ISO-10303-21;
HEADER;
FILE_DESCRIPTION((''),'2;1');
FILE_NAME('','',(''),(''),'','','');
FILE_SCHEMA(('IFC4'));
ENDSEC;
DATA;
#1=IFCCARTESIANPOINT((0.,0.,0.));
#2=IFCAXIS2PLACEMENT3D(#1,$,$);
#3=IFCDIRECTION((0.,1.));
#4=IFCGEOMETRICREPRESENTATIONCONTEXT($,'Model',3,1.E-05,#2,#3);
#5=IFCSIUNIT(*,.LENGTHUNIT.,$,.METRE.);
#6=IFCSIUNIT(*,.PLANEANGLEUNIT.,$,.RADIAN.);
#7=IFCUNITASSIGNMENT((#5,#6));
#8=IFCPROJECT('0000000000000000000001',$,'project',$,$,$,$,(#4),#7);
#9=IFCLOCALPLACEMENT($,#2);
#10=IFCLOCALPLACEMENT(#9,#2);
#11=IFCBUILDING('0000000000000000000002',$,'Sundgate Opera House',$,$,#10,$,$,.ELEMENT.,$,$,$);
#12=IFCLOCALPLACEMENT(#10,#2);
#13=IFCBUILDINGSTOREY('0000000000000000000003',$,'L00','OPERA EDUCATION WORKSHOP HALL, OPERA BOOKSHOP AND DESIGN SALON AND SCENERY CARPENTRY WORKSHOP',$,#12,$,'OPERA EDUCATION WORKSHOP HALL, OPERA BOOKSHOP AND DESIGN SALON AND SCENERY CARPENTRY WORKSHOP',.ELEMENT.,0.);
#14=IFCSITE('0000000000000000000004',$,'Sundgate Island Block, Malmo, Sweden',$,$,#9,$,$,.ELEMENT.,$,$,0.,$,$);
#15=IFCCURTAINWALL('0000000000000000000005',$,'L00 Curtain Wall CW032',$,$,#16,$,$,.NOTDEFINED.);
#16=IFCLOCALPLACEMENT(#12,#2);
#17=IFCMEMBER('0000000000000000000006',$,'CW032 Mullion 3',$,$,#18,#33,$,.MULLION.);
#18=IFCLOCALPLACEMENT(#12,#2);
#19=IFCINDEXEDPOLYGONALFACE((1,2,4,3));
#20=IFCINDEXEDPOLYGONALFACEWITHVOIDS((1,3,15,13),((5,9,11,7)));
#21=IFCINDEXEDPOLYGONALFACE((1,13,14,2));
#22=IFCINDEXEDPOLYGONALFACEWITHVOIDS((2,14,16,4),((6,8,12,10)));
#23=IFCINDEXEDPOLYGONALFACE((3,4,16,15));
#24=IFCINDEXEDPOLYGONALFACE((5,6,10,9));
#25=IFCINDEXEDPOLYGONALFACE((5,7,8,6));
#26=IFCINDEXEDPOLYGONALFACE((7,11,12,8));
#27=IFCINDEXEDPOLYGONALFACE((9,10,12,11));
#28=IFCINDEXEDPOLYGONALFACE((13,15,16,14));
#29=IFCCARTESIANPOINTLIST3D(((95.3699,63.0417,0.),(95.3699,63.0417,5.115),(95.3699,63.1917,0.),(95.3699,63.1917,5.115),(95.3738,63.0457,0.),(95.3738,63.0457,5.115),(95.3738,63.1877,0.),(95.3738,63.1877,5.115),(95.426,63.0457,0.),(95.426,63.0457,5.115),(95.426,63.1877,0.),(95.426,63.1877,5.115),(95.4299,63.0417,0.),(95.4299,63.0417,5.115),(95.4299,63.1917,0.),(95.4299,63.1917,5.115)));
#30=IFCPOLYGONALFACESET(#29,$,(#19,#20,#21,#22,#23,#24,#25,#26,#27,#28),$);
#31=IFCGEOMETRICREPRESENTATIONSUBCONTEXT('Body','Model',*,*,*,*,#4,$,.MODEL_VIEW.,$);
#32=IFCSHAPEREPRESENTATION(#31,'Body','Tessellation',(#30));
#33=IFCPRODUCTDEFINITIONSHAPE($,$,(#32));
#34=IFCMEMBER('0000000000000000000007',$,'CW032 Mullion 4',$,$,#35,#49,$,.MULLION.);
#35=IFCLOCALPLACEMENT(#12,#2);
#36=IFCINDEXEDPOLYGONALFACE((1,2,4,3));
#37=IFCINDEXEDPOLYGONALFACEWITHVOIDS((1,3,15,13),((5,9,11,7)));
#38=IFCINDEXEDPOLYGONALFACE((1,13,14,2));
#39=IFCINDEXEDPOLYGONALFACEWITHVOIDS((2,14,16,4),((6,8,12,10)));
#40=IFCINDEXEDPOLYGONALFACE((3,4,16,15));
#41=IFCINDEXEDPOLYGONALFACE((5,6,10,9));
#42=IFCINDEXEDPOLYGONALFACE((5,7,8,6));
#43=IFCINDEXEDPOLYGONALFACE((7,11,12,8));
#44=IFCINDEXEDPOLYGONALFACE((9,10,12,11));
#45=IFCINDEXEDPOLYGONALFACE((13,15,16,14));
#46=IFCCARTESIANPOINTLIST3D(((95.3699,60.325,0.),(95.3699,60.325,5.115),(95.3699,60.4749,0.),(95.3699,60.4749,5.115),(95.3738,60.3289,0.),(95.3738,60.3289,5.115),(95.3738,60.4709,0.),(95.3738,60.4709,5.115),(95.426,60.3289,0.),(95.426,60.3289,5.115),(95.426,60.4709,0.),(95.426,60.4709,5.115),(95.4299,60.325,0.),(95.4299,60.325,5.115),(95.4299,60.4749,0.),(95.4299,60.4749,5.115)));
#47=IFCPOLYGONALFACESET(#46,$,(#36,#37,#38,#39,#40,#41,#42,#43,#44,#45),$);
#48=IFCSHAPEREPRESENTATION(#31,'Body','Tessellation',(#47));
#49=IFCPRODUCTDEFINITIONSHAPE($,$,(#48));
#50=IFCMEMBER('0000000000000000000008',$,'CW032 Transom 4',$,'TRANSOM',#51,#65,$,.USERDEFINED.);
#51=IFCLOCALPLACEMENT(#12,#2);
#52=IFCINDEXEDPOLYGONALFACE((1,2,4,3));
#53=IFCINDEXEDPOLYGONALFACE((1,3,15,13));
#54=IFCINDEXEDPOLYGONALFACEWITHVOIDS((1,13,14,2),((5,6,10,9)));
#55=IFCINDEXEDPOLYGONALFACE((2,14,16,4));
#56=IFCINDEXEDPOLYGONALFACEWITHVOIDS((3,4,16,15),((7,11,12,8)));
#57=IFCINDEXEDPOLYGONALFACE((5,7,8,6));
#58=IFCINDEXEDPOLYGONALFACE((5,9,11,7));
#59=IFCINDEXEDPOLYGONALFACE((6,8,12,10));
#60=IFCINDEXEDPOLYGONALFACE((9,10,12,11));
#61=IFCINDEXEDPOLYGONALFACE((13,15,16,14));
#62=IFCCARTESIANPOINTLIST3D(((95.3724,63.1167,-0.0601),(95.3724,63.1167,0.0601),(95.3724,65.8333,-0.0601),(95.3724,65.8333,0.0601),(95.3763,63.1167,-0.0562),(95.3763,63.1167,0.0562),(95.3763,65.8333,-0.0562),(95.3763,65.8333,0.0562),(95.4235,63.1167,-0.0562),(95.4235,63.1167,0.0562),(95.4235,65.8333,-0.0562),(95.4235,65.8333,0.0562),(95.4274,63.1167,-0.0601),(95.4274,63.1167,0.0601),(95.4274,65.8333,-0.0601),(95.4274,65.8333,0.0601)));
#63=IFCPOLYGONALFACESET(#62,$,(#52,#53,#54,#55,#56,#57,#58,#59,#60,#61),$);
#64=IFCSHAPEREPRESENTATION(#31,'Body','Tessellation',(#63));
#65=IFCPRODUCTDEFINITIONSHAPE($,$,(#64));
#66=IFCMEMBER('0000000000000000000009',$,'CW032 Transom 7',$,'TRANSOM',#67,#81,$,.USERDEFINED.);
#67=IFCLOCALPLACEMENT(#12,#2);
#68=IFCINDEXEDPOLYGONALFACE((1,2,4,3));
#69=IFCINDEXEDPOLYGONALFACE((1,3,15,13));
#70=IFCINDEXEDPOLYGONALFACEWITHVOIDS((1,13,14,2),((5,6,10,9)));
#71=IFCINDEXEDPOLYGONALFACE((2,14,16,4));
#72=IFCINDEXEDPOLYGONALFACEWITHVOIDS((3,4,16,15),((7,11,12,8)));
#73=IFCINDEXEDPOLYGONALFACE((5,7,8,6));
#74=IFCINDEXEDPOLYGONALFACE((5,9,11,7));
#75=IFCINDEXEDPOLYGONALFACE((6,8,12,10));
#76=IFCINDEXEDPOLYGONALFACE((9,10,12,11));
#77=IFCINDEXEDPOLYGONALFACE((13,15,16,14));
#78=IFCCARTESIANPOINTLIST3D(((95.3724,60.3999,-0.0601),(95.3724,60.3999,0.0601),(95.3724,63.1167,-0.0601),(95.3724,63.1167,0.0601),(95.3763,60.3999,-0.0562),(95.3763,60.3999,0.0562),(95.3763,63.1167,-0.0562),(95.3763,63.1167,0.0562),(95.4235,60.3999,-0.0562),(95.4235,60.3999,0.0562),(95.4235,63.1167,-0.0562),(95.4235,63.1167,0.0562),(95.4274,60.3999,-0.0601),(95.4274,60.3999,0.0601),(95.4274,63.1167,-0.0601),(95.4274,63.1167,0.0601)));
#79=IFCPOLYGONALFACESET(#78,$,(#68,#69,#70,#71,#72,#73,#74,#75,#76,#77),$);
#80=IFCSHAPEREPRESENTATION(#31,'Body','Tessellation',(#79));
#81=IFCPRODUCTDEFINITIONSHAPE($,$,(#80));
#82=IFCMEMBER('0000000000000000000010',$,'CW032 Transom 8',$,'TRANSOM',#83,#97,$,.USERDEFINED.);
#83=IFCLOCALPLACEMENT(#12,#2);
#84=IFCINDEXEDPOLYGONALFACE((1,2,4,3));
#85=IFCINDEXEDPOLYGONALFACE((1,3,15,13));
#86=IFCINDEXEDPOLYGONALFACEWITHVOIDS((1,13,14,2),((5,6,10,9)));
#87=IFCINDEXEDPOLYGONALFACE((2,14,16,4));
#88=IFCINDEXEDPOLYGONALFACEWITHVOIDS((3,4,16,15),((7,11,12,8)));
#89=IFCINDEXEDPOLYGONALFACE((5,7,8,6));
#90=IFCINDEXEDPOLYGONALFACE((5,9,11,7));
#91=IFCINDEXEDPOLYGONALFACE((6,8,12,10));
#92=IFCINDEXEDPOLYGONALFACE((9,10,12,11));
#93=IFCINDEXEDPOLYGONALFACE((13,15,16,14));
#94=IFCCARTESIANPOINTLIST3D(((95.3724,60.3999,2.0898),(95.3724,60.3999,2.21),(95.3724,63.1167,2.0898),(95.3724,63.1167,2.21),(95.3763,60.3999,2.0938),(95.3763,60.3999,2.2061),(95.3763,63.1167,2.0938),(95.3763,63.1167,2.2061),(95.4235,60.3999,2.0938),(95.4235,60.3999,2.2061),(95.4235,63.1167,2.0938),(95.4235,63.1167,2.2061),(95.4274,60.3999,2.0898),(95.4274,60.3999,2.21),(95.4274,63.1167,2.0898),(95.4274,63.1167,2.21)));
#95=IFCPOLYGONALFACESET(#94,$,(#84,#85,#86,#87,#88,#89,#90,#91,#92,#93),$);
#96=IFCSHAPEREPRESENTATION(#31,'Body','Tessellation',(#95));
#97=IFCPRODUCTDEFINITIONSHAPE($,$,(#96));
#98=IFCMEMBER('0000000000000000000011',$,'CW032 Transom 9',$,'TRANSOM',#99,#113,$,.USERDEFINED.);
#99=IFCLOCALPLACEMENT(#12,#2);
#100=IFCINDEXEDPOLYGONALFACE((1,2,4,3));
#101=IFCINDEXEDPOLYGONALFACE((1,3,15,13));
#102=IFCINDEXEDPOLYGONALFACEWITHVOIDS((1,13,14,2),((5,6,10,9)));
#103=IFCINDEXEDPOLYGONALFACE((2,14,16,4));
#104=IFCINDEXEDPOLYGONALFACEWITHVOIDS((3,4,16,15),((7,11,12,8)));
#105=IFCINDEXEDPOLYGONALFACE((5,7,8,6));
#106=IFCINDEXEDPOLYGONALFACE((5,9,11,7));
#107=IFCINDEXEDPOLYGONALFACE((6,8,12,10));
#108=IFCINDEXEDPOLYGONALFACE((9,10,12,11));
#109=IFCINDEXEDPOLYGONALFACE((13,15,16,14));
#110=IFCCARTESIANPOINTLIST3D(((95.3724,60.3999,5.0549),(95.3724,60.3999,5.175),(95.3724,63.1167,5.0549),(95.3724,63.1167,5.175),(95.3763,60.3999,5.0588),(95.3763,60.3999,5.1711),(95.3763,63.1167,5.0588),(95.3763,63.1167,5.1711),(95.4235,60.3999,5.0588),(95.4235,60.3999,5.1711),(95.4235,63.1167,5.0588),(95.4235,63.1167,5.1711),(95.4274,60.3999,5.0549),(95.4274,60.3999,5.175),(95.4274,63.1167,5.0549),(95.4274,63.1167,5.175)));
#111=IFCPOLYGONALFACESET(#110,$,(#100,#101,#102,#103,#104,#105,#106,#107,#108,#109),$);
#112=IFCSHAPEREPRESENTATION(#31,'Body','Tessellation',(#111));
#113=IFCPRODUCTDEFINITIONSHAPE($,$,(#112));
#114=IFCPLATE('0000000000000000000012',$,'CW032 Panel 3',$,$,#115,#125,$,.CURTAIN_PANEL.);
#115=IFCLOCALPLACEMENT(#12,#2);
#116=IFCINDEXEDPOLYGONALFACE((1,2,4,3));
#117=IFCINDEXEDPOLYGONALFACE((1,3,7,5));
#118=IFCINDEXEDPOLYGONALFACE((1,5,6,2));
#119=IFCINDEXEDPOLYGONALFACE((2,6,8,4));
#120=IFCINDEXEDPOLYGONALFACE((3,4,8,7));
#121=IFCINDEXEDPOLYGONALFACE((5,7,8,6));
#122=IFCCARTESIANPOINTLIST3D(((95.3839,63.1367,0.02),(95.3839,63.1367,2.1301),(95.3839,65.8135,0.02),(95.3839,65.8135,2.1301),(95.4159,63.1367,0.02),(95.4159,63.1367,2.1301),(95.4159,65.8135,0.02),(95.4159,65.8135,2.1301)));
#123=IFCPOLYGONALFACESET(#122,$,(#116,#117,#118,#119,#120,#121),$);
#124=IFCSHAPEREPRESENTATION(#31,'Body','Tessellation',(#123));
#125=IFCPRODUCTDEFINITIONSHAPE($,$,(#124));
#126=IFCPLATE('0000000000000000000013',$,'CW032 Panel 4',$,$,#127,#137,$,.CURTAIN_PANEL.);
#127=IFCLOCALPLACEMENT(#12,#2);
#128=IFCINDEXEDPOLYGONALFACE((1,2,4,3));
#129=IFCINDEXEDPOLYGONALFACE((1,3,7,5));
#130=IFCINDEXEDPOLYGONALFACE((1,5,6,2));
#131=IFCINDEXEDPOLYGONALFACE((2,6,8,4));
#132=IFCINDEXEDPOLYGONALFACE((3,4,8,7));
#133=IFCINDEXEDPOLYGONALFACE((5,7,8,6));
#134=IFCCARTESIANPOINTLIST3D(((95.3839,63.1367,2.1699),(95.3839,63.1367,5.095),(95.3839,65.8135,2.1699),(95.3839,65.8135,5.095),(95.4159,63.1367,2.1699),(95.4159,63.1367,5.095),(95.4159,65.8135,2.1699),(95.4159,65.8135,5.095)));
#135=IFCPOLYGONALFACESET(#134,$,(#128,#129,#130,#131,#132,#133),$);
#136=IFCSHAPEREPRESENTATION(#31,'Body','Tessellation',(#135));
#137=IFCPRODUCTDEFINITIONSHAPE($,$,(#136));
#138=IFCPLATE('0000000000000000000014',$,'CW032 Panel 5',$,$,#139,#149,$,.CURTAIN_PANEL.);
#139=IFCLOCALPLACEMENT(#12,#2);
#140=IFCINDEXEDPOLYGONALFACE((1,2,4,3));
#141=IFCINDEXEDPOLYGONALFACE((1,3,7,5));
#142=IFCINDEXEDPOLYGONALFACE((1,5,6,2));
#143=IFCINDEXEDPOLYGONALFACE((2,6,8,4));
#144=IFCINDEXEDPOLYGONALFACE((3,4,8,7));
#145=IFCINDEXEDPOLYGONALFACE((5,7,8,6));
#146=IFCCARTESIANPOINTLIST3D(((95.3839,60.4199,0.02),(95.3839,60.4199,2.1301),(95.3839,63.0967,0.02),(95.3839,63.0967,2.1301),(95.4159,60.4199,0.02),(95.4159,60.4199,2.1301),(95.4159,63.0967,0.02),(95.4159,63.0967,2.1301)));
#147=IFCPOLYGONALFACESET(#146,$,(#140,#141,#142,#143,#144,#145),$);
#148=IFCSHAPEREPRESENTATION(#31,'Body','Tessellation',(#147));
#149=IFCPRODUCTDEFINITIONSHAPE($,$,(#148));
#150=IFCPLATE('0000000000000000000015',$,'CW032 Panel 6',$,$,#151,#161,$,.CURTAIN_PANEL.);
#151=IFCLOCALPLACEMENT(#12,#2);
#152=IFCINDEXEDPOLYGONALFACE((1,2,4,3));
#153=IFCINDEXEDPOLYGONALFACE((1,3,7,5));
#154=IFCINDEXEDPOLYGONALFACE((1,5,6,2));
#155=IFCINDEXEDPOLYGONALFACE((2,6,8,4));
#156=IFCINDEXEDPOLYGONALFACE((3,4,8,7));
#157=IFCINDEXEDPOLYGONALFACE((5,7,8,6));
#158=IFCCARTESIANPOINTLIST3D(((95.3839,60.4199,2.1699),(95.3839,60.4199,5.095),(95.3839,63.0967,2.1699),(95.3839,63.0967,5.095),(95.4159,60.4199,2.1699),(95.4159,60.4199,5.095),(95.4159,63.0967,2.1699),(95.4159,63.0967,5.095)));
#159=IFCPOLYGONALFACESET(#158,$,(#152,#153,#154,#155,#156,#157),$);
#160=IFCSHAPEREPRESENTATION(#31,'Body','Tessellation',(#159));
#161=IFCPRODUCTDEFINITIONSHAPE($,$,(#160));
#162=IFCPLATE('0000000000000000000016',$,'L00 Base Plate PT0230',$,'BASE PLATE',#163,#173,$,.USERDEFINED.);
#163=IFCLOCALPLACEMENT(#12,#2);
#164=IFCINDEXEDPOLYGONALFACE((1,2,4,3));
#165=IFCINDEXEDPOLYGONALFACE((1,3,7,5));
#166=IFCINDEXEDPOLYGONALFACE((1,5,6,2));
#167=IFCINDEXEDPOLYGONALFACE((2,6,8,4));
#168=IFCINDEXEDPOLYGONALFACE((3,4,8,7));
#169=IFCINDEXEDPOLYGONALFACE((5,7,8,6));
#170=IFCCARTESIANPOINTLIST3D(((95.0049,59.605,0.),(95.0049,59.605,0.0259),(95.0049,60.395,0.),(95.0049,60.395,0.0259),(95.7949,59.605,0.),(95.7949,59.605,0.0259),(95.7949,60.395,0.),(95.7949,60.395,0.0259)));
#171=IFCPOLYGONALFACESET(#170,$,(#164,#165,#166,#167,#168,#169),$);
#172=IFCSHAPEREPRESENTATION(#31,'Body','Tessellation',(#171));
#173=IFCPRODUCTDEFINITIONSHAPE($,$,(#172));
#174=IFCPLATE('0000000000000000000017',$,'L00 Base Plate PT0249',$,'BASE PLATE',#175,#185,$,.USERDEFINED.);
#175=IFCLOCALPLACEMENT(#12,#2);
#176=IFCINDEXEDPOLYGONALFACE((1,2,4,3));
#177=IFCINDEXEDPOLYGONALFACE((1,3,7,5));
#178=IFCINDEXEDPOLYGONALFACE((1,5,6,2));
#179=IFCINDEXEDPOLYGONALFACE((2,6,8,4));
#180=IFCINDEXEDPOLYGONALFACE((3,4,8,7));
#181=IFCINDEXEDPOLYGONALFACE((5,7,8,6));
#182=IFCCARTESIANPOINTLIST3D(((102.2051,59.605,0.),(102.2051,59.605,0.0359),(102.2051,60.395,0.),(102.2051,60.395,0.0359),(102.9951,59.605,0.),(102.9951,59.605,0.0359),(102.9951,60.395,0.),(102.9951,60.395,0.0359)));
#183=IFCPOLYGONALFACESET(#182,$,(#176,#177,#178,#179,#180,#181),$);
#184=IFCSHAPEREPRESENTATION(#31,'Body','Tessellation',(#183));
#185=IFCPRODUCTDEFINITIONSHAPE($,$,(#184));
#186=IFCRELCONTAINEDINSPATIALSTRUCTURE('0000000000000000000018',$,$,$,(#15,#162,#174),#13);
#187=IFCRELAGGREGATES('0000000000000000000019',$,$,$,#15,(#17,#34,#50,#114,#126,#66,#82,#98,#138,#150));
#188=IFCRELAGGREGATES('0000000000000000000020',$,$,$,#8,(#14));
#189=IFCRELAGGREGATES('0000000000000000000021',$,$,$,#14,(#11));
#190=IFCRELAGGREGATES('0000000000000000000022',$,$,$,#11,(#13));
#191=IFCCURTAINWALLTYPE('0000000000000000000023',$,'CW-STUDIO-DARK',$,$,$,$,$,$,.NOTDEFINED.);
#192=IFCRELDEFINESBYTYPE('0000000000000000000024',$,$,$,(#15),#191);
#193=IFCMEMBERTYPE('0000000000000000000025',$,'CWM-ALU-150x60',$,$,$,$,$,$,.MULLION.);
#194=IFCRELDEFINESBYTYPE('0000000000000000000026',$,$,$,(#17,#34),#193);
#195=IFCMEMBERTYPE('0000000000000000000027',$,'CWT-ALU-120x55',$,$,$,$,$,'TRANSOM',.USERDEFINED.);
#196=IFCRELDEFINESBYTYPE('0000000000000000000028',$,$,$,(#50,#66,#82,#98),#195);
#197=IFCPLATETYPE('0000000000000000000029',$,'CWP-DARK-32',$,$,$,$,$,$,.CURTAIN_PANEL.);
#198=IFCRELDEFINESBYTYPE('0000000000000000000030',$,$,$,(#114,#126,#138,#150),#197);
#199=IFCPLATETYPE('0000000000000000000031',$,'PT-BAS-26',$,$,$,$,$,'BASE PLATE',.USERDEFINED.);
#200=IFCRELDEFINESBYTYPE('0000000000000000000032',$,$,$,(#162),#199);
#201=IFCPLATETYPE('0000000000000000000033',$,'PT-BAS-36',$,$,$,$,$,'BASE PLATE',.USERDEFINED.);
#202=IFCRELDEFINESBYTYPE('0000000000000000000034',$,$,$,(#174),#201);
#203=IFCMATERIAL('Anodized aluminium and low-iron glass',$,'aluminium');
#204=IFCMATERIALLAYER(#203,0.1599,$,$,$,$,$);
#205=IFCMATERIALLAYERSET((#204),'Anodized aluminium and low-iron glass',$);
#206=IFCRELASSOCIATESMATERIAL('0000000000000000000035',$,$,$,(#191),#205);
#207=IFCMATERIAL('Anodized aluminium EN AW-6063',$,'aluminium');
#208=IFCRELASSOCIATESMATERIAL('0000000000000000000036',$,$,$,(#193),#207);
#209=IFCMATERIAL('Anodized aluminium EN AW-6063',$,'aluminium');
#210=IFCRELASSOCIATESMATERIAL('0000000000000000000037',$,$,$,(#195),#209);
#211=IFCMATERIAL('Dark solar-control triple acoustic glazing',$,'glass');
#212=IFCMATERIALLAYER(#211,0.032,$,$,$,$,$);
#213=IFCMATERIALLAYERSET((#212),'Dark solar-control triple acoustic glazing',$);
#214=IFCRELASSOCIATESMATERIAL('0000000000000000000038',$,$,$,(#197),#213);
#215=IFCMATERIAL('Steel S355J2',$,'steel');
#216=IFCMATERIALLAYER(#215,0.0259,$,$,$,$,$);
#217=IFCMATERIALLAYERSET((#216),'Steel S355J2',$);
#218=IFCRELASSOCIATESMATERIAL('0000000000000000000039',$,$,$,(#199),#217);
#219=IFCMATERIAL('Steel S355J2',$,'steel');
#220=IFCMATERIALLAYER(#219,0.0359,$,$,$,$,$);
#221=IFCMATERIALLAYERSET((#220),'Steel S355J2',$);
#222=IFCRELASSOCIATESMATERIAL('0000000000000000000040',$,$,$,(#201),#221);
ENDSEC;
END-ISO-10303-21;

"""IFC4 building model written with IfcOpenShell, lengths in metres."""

from ifc_helpers import new_model, si_unit, direction, frame, origin, origin_2d, place, context, subcontext, project, spatial, rectangle, hollow_rectangle, extrude, material, layer, layer_set, material_profile, profile_set, type_object, element, aggregate, save


model = new_model("IFC4")

# Units and contexts
model_context = context("Model", 3, precision=1e-05, world=origin(), true_north=direction((0.0, 1.0)))
body_context = subcontext(model_context, "Body", "Model", "MODEL_VIEW")
ifc_project = project(units=[si_unit("LENGTHUNIT", "METRE"), si_unit("PLANEANGLEUNIT", "RADIAN")], contexts=[model_context])

# Site, building, storey
site_placement = place(None, origin())
site = spatial("IfcSite", under=ifc_project, at=site_placement, Name="Sundgate Island Block, Malmo, Sweden", CompositionType="ELEMENT", RefElevation=0.0)
building_placement = place(site_placement, origin())
building = spatial("IfcBuilding", under=site, at=building_placement, Name="Sundgate Opera House", CompositionType="ELEMENT")
storey_placement = place(building_placement, origin())
storey = spatial("IfcBuildingStorey", under=building, at=storey_placement, Name="L00", Description="OPERA EDUCATION WORKSHOP HALL, OPERA BOOKSHOP AND DESIGN SALON AND SCENERY CARPENTRY WORKSHOP", LongName="OPERA EDUCATION WORKSHOP HALL, OPERA BOOKSHOP AND DESIGN SALON AND SCENERY CARPENTRY WORKSHOP", CompositionType="ELEMENT", Elevation=0.0)

# Curtain wall, members, plates
ifc_material_1 = material(Name="Anodized aluminium and low-iron glass", Category="aluminium")
ifc_layer_1 = layer(ifc_material_1, 0.1599)
ifc_layer_set_1 = layer_set([ifc_layer_1], Name="Anodized aluminium and low-iron glass")
curtain_wall_type = type_object("IfcCurtainWallType", Name="CW-STUDIO-DARK", PredefinedType="NOTDEFINED", material=ifc_layer_set_1)
curtain_wall_placement = place(storey_placement, origin())
curtain_wall = element("IfcCurtainWall", 1, at=curtain_wall_placement, inside=storey, type_object=curtain_wall_type, Name="L00 Curtain Wall CW032", PredefinedType="NOTDEFINED")
ifc_material_2 = material(Name="Anodized aluminium EN AW-6063", Category="aluminium")
ifc_material_profile_1 = material_profile(ifc_material_2, hollow_rectangle(XDim=0.0601, YDim=0.1499, WallThickness=0.0039, at=origin_2d()), Name="CWM 150x60x4")
ifc_profile_set_1 = profile_set([ifc_material_profile_1], Name="Anodized aluminium EN AW-6063")
member_type_1 = type_object("IfcMemberType", Name="CWM-ALU-150x60", PredefinedType="MULLION", material=ifc_profile_set_1)
member_1_placement = place(storey_placement, frame((95.3999, 63.1167, 0.0), z_axis=(0.0, 0.0, 1.0), x_axis=(1.0, 0.0, 0.0)))
member_1 = element("IfcMember", 2, at=member_1_placement, type_object=member_type_1, Name="CW032 Mullion 3", PredefinedType="MULLION", context=body_context, shape_type="SweptSolid", body=[
    extrude(hollow_rectangle(XDim=0.0601, YDim=0.1499, WallThickness=0.0039, at=origin_2d()), origin(), (0.0, 0.0, 1.0), 5.115),
])
member_2_placement = place(storey_placement, frame((95.3999, 60.3999, 0.0), z_axis=(0.0, 0.0, 1.0), x_axis=(1.0, 0.0, 0.0)))
member_2 = element("IfcMember", 3, at=member_2_placement, type_object=member_type_1, Name="CW032 Mullion 4", PredefinedType="MULLION", context=body_context, shape_type="SweptSolid", body=[
    extrude(hollow_rectangle(XDim=0.0601, YDim=0.1499, WallThickness=0.0039, at=origin_2d()), origin(), (0.0, 0.0, 1.0), 5.115),
])
ifc_material_3 = material(Name="Anodized aluminium EN AW-6063", Category="aluminium")
ifc_material_profile_2 = material_profile(ifc_material_3, hollow_rectangle(XDim=0.0549, YDim=0.1201, WallThickness=0.0039, at=origin_2d()), Name="CWT 120x55x4")
ifc_profile_set_2 = profile_set([ifc_material_profile_2], Name="Anodized aluminium EN AW-6063")
member_type_2 = type_object("IfcMemberType", Name="CWT-ALU-120x55", ElementType="TRANSOM", PredefinedType="USERDEFINED", material=ifc_profile_set_2)
member_3_placement = place(storey_placement, frame((95.3999, 65.8333, 0.0), z_axis=(0.0, -1.0, 0.0), x_axis=(1.0, 0.0, 0.0)))
member_3 = element("IfcMember", 4, at=member_3_placement, type_object=member_type_2, Name="CW032 Transom 4", ObjectType="TRANSOM", PredefinedType="USERDEFINED", context=body_context, shape_type="SweptSolid", body=[
    extrude(hollow_rectangle(XDim=0.0549, YDim=0.1201, WallThickness=0.0039, at=origin_2d()), origin(), (0.0, 0.0, 1.0), 2.7166),
])
member_4_placement = place(storey_placement, frame((95.3999, 63.1167, 0.0), z_axis=(0.0, -1.0, 0.0), x_axis=(1.0, 0.0, 0.0)))
member_4 = element("IfcMember", 5, at=member_4_placement, type_object=member_type_2, Name="CW032 Transom 7", ObjectType="TRANSOM", PredefinedType="USERDEFINED", context=body_context, shape_type="SweptSolid", body=[
    extrude(hollow_rectangle(XDim=0.0549, YDim=0.1201, WallThickness=0.0039, at=origin_2d()), origin(), (0.0, 0.0, 1.0), 2.7168),
])
member_5_placement = place(storey_placement, frame((95.3999, 63.1167, 2.1499), z_axis=(0.0, -1.0, 0.0), x_axis=(1.0, 0.0, 0.0)))
member_5 = element("IfcMember", 6, at=member_5_placement, type_object=member_type_2, Name="CW032 Transom 8", ObjectType="TRANSOM", PredefinedType="USERDEFINED", context=body_context, shape_type="SweptSolid", body=[
    extrude(hollow_rectangle(XDim=0.0549, YDim=0.1201, WallThickness=0.0039, at=origin_2d()), origin(), (0.0, 0.0, 1.0), 2.7168),
])
member_6_placement = place(storey_placement, frame((95.3999, 63.1167, 5.115), z_axis=(0.0, -1.0, 0.0), x_axis=(1.0, 0.0, 0.0)))
member_6 = element("IfcMember", 7, at=member_6_placement, type_object=member_type_2, Name="CW032 Transom 9", ObjectType="TRANSOM", PredefinedType="USERDEFINED", context=body_context, shape_type="SweptSolid", body=[
    extrude(hollow_rectangle(XDim=0.0549, YDim=0.1201, WallThickness=0.0039, at=origin_2d()), origin(), (0.0, 0.0, 1.0), 2.7168),
])
ifc_material_4 = material(Name="Dark solar-control triple acoustic glazing", Category="glass")
ifc_layer_2 = layer(ifc_material_4, 0.032)
ifc_layer_set_2 = layer_set([ifc_layer_2], Name="Dark solar-control triple acoustic glazing")
plate_type_1 = type_object("IfcPlateType", Name="CWP-DARK-32", PredefinedType="CURTAIN_PANEL", material=ifc_layer_set_2)
plate_1_placement = place(storey_placement, frame((95.3999, 64.4751, 0.02), z_axis=(0.0, 0.0, 1.0), x_axis=(0.0, -1.0, 0.0)))
plate_1 = element("IfcPlate", 8, at=plate_1_placement, type_object=plate_type_1, Name="CW032 Panel 3", PredefinedType="CURTAIN_PANEL", context=body_context, shape_type="SweptSolid", body=[
    extrude(rectangle(XDim=2.6768, YDim=0.032, at=origin_2d()), origin(), (0.0, 0.0, 1.0), 2.1101),
])
plate_2_placement = place(storey_placement, frame((95.3999, 64.4751, 2.1699), z_axis=(0.0, 0.0, 1.0), x_axis=(0.0, -1.0, 0.0)))
plate_2 = element("IfcPlate", 9, at=plate_2_placement, type_object=plate_type_1, Name="CW032 Panel 4", PredefinedType="CURTAIN_PANEL", context=body_context, shape_type="SweptSolid", body=[
    extrude(rectangle(XDim=2.6768, YDim=0.032, at=origin_2d()), origin(), (0.0, 0.0, 1.0), 2.925),
])
plate_3_placement = place(storey_placement, frame((95.3999, 61.7583, 0.02), z_axis=(0.0, 0.0, 1.0), x_axis=(0.0, -1.0, 0.0)))
plate_3 = element("IfcPlate", 10, at=plate_3_placement, type_object=plate_type_1, Name="CW032 Panel 5", PredefinedType="CURTAIN_PANEL", context=body_context, shape_type="SweptSolid", body=[
    extrude(rectangle(XDim=2.6768, YDim=0.032, at=origin_2d()), origin(), (0.0, 0.0, 1.0), 2.1101),
])
plate_4_placement = place(storey_placement, frame((95.3999, 61.7583, 2.1699), z_axis=(0.0, 0.0, 1.0), x_axis=(0.0, -1.0, 0.0)))
plate_4 = element("IfcPlate", 11, at=plate_4_placement, type_object=plate_type_1, Name="CW032 Panel 6", PredefinedType="CURTAIN_PANEL", context=body_context, shape_type="SweptSolid", body=[
    extrude(rectangle(XDim=2.6768, YDim=0.032, at=origin_2d()), origin(), (0.0, 0.0, 1.0), 2.925),
])
aggregate(curtain_wall, [member_1, member_2, member_3, plate_1, plate_2, member_4, member_5, member_6, plate_3, plate_4])

# Plates
ifc_material_5 = material(Name="Steel S355J2", Category="steel")
ifc_layer_3 = layer(ifc_material_5, 0.0259)
ifc_layer_set_3 = layer_set([ifc_layer_3], Name="Steel S355J2")
plate_type_2 = type_object("IfcPlateType", Name="PT-BAS-26", ElementType="BASE PLATE", PredefinedType="USERDEFINED", material=ifc_layer_set_3)
plate_5_placement = place(storey_placement, frame((95.3999, 60.0, 0.0), z_axis=(0.0, 0.0, 1.0), x_axis=(1.0, 0.0, 0.0)))
element("IfcPlate", 12, at=plate_5_placement, inside=storey, type_object=plate_type_2, Name="L00 Base Plate PT0230", ObjectType="BASE PLATE", PredefinedType="USERDEFINED", context=body_context, shape_type="SweptSolid", body=[
    extrude(rectangle(XDim=0.79, YDim=0.79, at=origin_2d()), origin(), (0.0, 0.0, 1.0), 0.0259),
])
ifc_material_6 = material(Name="Steel S355J2", Category="steel")
ifc_layer_4 = layer(ifc_material_6, 0.0359)
ifc_layer_set_4 = layer_set([ifc_layer_4], Name="Steel S355J2")
plate_type_3 = type_object("IfcPlateType", Name="PT-BAS-36", ElementType="BASE PLATE", PredefinedType="USERDEFINED", material=ifc_layer_set_4)
plate_6_placement = place(storey_placement, frame((102.6001, 60.0, 0.0), z_axis=(0.0, 0.0, 1.0), x_axis=(1.0, 0.0, 0.0)))
element("IfcPlate", 13, at=plate_6_placement, inside=storey, type_object=plate_type_3, Name="L00 Base Plate PT0249", ObjectType="BASE PLATE", PredefinedType="USERDEFINED", context=body_context, shape_type="SweptSolid", body=[
    extrude(rectangle(XDim=0.79, YDim=0.79, at=origin_2d()), origin(), (0.0, 0.0, 1.0), 0.0359),
])

save(model, "model.ifc")
